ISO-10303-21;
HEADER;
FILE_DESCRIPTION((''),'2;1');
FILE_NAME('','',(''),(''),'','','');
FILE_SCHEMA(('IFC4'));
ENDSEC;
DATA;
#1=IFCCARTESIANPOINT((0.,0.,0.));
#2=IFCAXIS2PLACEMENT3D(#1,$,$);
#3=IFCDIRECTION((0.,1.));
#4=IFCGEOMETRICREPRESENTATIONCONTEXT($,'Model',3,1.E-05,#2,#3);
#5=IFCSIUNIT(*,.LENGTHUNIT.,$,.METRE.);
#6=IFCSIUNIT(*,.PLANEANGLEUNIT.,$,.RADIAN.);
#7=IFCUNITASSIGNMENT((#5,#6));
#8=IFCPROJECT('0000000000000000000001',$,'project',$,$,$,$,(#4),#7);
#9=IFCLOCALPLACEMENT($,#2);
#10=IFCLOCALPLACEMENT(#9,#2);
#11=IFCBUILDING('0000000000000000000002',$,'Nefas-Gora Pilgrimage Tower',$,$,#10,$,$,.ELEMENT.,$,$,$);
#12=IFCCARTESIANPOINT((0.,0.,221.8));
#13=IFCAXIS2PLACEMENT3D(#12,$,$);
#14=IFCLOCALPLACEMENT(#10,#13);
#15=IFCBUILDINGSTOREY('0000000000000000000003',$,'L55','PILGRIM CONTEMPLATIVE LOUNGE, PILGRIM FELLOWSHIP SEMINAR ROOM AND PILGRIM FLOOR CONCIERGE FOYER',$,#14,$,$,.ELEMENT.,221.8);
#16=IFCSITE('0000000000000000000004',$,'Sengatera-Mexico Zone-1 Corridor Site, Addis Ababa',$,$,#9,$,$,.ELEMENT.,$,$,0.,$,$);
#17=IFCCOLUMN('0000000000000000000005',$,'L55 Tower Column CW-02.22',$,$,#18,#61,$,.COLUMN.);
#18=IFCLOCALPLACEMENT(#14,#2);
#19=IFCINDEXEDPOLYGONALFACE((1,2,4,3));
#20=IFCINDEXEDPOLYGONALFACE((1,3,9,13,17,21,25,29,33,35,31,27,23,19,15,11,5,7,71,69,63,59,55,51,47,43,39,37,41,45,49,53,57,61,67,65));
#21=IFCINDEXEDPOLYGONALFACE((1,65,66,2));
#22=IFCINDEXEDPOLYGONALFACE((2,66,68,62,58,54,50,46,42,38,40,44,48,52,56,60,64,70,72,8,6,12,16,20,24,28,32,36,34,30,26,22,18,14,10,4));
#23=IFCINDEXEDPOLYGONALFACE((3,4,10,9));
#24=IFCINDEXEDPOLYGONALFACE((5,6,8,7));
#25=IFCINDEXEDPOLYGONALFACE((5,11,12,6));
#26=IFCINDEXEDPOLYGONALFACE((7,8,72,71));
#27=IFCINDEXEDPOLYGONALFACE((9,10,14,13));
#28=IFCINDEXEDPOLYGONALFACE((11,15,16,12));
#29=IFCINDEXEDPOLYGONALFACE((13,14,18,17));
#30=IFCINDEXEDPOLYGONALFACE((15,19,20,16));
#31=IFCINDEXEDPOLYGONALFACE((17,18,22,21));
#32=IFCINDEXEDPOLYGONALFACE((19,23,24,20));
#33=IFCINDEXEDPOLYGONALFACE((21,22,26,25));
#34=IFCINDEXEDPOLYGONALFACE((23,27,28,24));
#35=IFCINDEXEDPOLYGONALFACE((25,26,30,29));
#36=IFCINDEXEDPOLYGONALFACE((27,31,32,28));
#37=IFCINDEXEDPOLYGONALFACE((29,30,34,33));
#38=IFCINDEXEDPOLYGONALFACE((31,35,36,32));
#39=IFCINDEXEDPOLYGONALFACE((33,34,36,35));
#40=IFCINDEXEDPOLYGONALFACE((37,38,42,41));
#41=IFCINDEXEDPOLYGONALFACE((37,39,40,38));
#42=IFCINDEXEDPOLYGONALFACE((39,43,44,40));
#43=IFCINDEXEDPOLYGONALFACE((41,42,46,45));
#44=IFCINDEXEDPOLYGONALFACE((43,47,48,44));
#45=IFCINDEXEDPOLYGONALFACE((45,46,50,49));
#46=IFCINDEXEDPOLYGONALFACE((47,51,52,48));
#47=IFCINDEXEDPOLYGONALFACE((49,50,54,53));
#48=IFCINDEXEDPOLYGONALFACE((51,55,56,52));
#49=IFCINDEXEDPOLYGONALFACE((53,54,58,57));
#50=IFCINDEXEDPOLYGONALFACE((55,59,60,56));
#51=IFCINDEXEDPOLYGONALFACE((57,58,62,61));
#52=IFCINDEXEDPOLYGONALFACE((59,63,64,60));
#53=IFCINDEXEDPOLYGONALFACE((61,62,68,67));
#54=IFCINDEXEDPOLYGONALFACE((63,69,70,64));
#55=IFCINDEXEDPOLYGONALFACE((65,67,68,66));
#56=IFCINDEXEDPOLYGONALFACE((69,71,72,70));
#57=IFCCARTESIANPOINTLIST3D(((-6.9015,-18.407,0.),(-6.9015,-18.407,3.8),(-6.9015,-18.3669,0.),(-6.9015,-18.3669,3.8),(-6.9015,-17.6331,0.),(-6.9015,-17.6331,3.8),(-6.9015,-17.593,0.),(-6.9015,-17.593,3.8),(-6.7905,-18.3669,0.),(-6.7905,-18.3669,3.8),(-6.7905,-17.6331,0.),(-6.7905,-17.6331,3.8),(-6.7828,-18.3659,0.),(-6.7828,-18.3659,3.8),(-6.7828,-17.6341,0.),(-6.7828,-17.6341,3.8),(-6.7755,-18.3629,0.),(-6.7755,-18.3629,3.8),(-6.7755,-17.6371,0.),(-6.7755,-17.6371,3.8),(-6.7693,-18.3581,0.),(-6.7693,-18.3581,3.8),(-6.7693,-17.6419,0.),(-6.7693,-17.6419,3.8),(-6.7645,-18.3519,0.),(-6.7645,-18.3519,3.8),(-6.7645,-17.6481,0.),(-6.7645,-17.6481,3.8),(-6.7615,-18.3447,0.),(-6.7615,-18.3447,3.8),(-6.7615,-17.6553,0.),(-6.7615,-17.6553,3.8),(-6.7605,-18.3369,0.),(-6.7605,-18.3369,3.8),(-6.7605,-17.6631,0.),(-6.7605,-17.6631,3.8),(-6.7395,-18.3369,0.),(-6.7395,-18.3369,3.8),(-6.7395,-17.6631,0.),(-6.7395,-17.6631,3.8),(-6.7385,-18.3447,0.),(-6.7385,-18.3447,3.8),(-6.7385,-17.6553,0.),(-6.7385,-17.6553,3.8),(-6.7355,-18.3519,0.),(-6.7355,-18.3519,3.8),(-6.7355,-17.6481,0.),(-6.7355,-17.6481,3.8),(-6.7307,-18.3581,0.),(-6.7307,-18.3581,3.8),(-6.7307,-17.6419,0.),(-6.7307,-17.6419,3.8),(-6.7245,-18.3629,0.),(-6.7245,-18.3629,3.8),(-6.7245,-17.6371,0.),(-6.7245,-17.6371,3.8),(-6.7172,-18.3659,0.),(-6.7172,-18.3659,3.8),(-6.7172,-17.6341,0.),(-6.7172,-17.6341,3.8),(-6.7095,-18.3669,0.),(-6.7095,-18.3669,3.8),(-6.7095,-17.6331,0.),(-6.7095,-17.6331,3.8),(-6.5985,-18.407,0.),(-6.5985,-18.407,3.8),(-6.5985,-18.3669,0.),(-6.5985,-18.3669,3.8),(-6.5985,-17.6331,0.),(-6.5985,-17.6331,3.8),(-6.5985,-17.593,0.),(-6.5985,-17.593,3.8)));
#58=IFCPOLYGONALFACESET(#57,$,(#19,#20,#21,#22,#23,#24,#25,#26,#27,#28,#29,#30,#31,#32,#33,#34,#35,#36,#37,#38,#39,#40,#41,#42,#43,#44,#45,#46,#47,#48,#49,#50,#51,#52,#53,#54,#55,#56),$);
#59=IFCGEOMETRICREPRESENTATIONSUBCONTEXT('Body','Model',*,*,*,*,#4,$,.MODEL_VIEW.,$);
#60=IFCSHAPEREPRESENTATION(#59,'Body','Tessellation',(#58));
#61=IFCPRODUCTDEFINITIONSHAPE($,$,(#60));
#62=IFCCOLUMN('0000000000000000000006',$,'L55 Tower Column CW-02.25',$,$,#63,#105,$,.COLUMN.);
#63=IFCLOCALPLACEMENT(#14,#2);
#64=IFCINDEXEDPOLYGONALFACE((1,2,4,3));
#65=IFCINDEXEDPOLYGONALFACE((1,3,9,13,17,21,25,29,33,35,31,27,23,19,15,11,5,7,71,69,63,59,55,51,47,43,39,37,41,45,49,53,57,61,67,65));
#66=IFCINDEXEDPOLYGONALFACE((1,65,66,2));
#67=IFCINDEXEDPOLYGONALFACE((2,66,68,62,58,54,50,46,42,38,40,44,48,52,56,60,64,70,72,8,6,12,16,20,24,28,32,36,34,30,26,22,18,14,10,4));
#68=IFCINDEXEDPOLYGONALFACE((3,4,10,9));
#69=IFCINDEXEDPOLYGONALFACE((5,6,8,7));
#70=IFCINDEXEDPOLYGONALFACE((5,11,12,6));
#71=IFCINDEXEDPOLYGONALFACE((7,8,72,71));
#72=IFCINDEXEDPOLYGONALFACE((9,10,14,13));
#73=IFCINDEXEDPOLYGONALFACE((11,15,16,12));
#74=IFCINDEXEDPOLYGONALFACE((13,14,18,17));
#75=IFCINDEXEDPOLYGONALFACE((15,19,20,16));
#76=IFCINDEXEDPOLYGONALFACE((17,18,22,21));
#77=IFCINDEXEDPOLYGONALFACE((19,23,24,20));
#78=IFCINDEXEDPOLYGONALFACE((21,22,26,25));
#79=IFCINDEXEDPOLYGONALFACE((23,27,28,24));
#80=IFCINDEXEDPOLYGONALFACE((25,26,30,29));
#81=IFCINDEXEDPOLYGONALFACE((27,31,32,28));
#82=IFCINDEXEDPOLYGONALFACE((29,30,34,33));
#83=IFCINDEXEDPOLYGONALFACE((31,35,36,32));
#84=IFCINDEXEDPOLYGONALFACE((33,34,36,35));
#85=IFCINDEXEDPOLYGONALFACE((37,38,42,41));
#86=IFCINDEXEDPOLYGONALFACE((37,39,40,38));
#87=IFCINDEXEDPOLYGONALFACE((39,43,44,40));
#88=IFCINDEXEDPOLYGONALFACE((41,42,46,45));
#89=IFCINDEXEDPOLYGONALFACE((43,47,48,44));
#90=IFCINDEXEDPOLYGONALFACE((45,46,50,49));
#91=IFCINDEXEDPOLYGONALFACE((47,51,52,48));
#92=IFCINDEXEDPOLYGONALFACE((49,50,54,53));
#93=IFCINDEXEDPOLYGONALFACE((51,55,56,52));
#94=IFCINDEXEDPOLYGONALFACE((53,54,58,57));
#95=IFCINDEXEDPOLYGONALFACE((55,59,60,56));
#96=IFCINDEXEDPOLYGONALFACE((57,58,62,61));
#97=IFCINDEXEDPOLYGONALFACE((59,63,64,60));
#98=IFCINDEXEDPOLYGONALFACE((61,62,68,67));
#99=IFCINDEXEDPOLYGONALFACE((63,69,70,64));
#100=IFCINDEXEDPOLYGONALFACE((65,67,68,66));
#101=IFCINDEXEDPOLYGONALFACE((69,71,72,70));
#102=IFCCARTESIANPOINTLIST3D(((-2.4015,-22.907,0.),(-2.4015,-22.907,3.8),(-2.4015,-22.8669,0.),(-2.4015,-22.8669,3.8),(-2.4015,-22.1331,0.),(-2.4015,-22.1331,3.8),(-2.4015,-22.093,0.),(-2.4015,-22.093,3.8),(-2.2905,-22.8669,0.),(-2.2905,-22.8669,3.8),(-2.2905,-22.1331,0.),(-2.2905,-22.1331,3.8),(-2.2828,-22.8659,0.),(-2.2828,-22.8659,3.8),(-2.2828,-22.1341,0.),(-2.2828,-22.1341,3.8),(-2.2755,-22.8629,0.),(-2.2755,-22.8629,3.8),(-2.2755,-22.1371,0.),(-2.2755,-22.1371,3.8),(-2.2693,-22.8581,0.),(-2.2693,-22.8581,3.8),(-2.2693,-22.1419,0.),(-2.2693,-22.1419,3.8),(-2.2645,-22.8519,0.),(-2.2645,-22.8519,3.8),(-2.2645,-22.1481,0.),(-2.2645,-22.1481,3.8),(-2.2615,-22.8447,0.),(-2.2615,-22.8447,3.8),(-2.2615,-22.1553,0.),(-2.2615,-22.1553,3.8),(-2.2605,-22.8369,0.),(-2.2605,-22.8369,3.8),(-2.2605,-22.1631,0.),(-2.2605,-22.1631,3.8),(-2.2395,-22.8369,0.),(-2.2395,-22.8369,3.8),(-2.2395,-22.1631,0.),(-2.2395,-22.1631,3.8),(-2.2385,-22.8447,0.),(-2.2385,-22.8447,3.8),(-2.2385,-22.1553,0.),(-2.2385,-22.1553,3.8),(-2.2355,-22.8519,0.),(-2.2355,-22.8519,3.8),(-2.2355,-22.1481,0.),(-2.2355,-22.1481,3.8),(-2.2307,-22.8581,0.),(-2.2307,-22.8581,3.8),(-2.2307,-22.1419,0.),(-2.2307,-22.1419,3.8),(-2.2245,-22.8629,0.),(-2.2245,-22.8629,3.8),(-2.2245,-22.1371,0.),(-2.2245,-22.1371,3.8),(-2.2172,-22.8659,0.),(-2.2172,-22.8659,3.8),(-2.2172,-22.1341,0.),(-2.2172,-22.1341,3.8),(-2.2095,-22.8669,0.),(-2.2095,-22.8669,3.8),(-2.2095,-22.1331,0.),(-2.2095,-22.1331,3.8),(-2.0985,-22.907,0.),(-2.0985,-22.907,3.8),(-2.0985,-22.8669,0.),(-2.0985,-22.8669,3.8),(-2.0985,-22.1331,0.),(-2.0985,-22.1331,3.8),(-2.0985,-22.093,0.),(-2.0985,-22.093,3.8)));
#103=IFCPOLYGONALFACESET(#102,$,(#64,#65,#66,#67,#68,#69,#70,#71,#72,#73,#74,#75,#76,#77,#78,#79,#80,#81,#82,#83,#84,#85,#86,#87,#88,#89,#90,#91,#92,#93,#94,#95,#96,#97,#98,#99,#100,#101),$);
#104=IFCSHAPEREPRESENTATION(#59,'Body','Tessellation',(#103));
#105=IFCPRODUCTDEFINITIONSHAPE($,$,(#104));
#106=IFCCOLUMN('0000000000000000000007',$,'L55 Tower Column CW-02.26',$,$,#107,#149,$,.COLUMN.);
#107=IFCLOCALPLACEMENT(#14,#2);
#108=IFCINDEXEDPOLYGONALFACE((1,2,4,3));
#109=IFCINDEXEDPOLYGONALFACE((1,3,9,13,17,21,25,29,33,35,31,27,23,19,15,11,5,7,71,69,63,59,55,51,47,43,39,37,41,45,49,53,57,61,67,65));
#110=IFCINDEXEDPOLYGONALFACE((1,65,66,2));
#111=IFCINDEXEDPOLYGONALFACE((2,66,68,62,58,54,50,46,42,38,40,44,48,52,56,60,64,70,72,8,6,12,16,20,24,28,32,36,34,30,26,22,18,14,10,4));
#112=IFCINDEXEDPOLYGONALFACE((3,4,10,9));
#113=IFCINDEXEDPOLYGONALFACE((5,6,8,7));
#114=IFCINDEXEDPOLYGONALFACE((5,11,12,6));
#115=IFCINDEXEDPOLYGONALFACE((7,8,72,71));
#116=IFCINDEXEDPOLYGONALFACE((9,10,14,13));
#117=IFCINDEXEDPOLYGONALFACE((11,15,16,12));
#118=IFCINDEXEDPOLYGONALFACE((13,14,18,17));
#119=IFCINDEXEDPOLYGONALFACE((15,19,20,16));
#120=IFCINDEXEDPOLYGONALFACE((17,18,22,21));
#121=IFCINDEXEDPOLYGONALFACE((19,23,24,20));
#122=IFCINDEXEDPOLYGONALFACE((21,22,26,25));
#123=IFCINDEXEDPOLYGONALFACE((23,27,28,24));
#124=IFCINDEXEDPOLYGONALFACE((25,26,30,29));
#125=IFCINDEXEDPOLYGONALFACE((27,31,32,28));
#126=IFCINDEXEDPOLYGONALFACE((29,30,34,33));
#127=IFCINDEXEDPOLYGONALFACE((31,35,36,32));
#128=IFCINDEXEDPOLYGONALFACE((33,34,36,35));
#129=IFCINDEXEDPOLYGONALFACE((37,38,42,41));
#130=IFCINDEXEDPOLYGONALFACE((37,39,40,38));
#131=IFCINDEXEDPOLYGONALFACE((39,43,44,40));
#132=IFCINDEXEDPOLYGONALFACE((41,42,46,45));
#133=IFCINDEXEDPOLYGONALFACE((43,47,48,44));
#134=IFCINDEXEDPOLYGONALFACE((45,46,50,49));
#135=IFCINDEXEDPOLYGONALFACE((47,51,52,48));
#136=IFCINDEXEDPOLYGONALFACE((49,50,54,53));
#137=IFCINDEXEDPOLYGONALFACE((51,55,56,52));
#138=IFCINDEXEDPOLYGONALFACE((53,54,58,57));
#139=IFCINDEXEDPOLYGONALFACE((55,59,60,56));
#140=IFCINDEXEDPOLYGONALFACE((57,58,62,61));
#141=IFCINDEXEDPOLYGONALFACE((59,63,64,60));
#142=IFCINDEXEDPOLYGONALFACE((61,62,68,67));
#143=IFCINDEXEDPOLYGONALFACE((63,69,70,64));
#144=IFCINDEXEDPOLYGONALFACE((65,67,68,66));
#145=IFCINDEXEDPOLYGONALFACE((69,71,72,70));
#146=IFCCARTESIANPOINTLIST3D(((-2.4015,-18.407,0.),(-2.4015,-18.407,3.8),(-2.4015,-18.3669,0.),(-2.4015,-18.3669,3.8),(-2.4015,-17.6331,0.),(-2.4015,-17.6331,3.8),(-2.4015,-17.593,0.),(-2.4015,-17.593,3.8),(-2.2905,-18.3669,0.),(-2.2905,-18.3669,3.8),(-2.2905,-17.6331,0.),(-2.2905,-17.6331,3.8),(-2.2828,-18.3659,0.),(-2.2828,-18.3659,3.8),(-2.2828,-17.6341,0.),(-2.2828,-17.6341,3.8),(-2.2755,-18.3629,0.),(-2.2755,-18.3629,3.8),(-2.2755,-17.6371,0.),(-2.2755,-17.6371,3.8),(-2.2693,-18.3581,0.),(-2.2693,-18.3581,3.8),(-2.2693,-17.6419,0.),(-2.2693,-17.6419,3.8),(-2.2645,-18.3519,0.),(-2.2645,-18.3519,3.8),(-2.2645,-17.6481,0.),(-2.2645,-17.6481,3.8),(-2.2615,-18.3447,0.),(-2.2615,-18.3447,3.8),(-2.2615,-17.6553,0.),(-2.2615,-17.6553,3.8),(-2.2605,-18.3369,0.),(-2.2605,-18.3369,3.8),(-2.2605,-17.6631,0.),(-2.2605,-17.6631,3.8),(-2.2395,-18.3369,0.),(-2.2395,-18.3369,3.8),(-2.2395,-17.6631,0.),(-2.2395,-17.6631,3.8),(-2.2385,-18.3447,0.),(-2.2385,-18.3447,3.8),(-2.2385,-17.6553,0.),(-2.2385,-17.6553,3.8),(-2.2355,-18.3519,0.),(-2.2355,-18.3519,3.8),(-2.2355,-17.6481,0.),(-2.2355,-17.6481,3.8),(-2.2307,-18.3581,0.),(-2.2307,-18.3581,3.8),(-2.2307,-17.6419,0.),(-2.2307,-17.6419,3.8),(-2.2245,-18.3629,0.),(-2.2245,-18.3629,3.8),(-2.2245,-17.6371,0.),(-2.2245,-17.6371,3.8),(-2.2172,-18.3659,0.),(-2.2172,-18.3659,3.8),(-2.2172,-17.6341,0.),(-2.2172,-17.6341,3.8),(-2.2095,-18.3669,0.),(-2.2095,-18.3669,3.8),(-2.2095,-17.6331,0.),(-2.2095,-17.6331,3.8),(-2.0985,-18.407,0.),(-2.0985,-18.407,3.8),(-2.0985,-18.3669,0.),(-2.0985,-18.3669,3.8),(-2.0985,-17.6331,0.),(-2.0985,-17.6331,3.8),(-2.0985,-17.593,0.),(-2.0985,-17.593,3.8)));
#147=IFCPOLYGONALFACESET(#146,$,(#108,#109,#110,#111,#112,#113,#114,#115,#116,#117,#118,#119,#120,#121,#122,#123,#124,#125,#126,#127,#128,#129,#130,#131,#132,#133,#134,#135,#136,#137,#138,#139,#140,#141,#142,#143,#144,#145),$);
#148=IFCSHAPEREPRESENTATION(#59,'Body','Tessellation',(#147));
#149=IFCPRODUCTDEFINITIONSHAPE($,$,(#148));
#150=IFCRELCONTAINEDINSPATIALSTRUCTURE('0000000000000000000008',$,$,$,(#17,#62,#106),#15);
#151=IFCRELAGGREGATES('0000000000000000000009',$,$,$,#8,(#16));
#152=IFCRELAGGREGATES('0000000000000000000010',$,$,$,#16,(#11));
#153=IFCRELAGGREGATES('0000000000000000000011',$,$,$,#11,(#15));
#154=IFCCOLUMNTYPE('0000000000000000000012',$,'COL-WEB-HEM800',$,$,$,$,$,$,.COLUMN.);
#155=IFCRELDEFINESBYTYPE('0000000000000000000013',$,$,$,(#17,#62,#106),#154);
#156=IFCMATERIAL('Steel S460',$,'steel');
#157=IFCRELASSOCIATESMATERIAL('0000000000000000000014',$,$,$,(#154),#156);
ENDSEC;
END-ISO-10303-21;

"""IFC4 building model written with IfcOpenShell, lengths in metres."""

from ifc_helpers import new_model, si_unit, direction, frame, origin, origin_2d, place, context, subcontext, project, spatial, i_section, extrude, source, transform, mapped, material, material_profile, profile_set, type_object, element, save


model = new_model("IFC4")

# Units and contexts
model_context = context("Model", 3, precision=1e-05, world=origin(), true_north=direction((0.0, 1.0)))
body_context = subcontext(model_context, "Body", "Model", "MODEL_VIEW")
ifc_project = project(units=[si_unit("LENGTHUNIT", "METRE"), si_unit("PLANEANGLEUNIT", "RADIAN")], contexts=[model_context])

# Site, building, storey
site_placement = place(None, origin())
site = spatial("IfcSite", under=ifc_project, at=site_placement, Name="Sengatera-Mexico Zone-1 Corridor Site, Addis Ababa", CompositionType="ELEMENT", RefElevation=0.0)
building_placement = place(site_placement, origin())
building = spatial("IfcBuilding", under=site, at=building_placement, Name="Nefas-Gora Pilgrimage Tower", CompositionType="ELEMENT")
storey_placement = place(building_placement, frame((0.0, 0.0, 221.8)))
storey = spatial("IfcBuildingStorey", under=building, at=storey_placement, Name="L55", Description="PILGRIM CONTEMPLATIVE LOUNGE, PILGRIM FELLOWSHIP SEMINAR ROOM AND PILGRIM FLOOR CONCIERGE FOYER", CompositionType="ELEMENT", Elevation=221.8)

# Columns
ifc_material_1 = material(Name="Steel S460", Category="steel")
ifc_material_profile_1 = material_profile(ifc_material_1, i_section(OverallWidth=0.303, OverallDepth=0.814, WebThickness=0.021, FlangeThickness=0.04, FilletRadius=0.03, at=origin_2d()), Name="HEM 800")
ifc_profile_set_1 = profile_set([ifc_material_profile_1], Name="Steel S460")
column_type_1 = type_object("IfcColumnType", Name="COL-WEB-HEM800", PredefinedType="COLUMN", material=ifc_profile_set_1)
shared_shape_1 = source(origin(), body_context, "Body", "SweptSolid", [
    extrude(i_section(OverallWidth=0.303, OverallDepth=0.814, WebThickness=0.021, FlangeThickness=0.04, FilletRadius=0.03, at=origin_2d()), origin(), (0.0, 0.0, 1.0), 3.8),
])
for number, where, z_axis, x_axis, name in (
    (1, (-6.75, -18.0, 0.0), (0.0, 0.0, 1.0), (1.0, 0.0, 0.0), "L55 Tower Column CW-02.22"),
    (2, (-2.25, -22.5, 0.0), (0.0, 0.0, 1.0), (1.0, 0.0, 0.0), "L55 Tower Column CW-02.25"),
    (3, (-2.25, -18.0, 0.0), (0.0, 0.0, 1.0), (1.0, 0.0, 0.0), "L55 Tower Column CW-02.26"),
):
    element("IfcColumn", number, at=place(storey_placement, frame(where, z_axis=z_axis, x_axis=x_axis)), inside=storey, type_object=column_type_1, Name=name, PredefinedType="COLUMN", context=body_context, shape_type="MappedRepresentation", body=[
        mapped(shared_shape_1, transform((0.0, 0.0, 0.0), x_axis=(1.0, 0.0, 0.0), y_axis=(0.0, 1.0, 0.0), z_axis=(0.0, 0.0, 1.0), scale=1.0)),
    ])

save(model, "model.ifc")
